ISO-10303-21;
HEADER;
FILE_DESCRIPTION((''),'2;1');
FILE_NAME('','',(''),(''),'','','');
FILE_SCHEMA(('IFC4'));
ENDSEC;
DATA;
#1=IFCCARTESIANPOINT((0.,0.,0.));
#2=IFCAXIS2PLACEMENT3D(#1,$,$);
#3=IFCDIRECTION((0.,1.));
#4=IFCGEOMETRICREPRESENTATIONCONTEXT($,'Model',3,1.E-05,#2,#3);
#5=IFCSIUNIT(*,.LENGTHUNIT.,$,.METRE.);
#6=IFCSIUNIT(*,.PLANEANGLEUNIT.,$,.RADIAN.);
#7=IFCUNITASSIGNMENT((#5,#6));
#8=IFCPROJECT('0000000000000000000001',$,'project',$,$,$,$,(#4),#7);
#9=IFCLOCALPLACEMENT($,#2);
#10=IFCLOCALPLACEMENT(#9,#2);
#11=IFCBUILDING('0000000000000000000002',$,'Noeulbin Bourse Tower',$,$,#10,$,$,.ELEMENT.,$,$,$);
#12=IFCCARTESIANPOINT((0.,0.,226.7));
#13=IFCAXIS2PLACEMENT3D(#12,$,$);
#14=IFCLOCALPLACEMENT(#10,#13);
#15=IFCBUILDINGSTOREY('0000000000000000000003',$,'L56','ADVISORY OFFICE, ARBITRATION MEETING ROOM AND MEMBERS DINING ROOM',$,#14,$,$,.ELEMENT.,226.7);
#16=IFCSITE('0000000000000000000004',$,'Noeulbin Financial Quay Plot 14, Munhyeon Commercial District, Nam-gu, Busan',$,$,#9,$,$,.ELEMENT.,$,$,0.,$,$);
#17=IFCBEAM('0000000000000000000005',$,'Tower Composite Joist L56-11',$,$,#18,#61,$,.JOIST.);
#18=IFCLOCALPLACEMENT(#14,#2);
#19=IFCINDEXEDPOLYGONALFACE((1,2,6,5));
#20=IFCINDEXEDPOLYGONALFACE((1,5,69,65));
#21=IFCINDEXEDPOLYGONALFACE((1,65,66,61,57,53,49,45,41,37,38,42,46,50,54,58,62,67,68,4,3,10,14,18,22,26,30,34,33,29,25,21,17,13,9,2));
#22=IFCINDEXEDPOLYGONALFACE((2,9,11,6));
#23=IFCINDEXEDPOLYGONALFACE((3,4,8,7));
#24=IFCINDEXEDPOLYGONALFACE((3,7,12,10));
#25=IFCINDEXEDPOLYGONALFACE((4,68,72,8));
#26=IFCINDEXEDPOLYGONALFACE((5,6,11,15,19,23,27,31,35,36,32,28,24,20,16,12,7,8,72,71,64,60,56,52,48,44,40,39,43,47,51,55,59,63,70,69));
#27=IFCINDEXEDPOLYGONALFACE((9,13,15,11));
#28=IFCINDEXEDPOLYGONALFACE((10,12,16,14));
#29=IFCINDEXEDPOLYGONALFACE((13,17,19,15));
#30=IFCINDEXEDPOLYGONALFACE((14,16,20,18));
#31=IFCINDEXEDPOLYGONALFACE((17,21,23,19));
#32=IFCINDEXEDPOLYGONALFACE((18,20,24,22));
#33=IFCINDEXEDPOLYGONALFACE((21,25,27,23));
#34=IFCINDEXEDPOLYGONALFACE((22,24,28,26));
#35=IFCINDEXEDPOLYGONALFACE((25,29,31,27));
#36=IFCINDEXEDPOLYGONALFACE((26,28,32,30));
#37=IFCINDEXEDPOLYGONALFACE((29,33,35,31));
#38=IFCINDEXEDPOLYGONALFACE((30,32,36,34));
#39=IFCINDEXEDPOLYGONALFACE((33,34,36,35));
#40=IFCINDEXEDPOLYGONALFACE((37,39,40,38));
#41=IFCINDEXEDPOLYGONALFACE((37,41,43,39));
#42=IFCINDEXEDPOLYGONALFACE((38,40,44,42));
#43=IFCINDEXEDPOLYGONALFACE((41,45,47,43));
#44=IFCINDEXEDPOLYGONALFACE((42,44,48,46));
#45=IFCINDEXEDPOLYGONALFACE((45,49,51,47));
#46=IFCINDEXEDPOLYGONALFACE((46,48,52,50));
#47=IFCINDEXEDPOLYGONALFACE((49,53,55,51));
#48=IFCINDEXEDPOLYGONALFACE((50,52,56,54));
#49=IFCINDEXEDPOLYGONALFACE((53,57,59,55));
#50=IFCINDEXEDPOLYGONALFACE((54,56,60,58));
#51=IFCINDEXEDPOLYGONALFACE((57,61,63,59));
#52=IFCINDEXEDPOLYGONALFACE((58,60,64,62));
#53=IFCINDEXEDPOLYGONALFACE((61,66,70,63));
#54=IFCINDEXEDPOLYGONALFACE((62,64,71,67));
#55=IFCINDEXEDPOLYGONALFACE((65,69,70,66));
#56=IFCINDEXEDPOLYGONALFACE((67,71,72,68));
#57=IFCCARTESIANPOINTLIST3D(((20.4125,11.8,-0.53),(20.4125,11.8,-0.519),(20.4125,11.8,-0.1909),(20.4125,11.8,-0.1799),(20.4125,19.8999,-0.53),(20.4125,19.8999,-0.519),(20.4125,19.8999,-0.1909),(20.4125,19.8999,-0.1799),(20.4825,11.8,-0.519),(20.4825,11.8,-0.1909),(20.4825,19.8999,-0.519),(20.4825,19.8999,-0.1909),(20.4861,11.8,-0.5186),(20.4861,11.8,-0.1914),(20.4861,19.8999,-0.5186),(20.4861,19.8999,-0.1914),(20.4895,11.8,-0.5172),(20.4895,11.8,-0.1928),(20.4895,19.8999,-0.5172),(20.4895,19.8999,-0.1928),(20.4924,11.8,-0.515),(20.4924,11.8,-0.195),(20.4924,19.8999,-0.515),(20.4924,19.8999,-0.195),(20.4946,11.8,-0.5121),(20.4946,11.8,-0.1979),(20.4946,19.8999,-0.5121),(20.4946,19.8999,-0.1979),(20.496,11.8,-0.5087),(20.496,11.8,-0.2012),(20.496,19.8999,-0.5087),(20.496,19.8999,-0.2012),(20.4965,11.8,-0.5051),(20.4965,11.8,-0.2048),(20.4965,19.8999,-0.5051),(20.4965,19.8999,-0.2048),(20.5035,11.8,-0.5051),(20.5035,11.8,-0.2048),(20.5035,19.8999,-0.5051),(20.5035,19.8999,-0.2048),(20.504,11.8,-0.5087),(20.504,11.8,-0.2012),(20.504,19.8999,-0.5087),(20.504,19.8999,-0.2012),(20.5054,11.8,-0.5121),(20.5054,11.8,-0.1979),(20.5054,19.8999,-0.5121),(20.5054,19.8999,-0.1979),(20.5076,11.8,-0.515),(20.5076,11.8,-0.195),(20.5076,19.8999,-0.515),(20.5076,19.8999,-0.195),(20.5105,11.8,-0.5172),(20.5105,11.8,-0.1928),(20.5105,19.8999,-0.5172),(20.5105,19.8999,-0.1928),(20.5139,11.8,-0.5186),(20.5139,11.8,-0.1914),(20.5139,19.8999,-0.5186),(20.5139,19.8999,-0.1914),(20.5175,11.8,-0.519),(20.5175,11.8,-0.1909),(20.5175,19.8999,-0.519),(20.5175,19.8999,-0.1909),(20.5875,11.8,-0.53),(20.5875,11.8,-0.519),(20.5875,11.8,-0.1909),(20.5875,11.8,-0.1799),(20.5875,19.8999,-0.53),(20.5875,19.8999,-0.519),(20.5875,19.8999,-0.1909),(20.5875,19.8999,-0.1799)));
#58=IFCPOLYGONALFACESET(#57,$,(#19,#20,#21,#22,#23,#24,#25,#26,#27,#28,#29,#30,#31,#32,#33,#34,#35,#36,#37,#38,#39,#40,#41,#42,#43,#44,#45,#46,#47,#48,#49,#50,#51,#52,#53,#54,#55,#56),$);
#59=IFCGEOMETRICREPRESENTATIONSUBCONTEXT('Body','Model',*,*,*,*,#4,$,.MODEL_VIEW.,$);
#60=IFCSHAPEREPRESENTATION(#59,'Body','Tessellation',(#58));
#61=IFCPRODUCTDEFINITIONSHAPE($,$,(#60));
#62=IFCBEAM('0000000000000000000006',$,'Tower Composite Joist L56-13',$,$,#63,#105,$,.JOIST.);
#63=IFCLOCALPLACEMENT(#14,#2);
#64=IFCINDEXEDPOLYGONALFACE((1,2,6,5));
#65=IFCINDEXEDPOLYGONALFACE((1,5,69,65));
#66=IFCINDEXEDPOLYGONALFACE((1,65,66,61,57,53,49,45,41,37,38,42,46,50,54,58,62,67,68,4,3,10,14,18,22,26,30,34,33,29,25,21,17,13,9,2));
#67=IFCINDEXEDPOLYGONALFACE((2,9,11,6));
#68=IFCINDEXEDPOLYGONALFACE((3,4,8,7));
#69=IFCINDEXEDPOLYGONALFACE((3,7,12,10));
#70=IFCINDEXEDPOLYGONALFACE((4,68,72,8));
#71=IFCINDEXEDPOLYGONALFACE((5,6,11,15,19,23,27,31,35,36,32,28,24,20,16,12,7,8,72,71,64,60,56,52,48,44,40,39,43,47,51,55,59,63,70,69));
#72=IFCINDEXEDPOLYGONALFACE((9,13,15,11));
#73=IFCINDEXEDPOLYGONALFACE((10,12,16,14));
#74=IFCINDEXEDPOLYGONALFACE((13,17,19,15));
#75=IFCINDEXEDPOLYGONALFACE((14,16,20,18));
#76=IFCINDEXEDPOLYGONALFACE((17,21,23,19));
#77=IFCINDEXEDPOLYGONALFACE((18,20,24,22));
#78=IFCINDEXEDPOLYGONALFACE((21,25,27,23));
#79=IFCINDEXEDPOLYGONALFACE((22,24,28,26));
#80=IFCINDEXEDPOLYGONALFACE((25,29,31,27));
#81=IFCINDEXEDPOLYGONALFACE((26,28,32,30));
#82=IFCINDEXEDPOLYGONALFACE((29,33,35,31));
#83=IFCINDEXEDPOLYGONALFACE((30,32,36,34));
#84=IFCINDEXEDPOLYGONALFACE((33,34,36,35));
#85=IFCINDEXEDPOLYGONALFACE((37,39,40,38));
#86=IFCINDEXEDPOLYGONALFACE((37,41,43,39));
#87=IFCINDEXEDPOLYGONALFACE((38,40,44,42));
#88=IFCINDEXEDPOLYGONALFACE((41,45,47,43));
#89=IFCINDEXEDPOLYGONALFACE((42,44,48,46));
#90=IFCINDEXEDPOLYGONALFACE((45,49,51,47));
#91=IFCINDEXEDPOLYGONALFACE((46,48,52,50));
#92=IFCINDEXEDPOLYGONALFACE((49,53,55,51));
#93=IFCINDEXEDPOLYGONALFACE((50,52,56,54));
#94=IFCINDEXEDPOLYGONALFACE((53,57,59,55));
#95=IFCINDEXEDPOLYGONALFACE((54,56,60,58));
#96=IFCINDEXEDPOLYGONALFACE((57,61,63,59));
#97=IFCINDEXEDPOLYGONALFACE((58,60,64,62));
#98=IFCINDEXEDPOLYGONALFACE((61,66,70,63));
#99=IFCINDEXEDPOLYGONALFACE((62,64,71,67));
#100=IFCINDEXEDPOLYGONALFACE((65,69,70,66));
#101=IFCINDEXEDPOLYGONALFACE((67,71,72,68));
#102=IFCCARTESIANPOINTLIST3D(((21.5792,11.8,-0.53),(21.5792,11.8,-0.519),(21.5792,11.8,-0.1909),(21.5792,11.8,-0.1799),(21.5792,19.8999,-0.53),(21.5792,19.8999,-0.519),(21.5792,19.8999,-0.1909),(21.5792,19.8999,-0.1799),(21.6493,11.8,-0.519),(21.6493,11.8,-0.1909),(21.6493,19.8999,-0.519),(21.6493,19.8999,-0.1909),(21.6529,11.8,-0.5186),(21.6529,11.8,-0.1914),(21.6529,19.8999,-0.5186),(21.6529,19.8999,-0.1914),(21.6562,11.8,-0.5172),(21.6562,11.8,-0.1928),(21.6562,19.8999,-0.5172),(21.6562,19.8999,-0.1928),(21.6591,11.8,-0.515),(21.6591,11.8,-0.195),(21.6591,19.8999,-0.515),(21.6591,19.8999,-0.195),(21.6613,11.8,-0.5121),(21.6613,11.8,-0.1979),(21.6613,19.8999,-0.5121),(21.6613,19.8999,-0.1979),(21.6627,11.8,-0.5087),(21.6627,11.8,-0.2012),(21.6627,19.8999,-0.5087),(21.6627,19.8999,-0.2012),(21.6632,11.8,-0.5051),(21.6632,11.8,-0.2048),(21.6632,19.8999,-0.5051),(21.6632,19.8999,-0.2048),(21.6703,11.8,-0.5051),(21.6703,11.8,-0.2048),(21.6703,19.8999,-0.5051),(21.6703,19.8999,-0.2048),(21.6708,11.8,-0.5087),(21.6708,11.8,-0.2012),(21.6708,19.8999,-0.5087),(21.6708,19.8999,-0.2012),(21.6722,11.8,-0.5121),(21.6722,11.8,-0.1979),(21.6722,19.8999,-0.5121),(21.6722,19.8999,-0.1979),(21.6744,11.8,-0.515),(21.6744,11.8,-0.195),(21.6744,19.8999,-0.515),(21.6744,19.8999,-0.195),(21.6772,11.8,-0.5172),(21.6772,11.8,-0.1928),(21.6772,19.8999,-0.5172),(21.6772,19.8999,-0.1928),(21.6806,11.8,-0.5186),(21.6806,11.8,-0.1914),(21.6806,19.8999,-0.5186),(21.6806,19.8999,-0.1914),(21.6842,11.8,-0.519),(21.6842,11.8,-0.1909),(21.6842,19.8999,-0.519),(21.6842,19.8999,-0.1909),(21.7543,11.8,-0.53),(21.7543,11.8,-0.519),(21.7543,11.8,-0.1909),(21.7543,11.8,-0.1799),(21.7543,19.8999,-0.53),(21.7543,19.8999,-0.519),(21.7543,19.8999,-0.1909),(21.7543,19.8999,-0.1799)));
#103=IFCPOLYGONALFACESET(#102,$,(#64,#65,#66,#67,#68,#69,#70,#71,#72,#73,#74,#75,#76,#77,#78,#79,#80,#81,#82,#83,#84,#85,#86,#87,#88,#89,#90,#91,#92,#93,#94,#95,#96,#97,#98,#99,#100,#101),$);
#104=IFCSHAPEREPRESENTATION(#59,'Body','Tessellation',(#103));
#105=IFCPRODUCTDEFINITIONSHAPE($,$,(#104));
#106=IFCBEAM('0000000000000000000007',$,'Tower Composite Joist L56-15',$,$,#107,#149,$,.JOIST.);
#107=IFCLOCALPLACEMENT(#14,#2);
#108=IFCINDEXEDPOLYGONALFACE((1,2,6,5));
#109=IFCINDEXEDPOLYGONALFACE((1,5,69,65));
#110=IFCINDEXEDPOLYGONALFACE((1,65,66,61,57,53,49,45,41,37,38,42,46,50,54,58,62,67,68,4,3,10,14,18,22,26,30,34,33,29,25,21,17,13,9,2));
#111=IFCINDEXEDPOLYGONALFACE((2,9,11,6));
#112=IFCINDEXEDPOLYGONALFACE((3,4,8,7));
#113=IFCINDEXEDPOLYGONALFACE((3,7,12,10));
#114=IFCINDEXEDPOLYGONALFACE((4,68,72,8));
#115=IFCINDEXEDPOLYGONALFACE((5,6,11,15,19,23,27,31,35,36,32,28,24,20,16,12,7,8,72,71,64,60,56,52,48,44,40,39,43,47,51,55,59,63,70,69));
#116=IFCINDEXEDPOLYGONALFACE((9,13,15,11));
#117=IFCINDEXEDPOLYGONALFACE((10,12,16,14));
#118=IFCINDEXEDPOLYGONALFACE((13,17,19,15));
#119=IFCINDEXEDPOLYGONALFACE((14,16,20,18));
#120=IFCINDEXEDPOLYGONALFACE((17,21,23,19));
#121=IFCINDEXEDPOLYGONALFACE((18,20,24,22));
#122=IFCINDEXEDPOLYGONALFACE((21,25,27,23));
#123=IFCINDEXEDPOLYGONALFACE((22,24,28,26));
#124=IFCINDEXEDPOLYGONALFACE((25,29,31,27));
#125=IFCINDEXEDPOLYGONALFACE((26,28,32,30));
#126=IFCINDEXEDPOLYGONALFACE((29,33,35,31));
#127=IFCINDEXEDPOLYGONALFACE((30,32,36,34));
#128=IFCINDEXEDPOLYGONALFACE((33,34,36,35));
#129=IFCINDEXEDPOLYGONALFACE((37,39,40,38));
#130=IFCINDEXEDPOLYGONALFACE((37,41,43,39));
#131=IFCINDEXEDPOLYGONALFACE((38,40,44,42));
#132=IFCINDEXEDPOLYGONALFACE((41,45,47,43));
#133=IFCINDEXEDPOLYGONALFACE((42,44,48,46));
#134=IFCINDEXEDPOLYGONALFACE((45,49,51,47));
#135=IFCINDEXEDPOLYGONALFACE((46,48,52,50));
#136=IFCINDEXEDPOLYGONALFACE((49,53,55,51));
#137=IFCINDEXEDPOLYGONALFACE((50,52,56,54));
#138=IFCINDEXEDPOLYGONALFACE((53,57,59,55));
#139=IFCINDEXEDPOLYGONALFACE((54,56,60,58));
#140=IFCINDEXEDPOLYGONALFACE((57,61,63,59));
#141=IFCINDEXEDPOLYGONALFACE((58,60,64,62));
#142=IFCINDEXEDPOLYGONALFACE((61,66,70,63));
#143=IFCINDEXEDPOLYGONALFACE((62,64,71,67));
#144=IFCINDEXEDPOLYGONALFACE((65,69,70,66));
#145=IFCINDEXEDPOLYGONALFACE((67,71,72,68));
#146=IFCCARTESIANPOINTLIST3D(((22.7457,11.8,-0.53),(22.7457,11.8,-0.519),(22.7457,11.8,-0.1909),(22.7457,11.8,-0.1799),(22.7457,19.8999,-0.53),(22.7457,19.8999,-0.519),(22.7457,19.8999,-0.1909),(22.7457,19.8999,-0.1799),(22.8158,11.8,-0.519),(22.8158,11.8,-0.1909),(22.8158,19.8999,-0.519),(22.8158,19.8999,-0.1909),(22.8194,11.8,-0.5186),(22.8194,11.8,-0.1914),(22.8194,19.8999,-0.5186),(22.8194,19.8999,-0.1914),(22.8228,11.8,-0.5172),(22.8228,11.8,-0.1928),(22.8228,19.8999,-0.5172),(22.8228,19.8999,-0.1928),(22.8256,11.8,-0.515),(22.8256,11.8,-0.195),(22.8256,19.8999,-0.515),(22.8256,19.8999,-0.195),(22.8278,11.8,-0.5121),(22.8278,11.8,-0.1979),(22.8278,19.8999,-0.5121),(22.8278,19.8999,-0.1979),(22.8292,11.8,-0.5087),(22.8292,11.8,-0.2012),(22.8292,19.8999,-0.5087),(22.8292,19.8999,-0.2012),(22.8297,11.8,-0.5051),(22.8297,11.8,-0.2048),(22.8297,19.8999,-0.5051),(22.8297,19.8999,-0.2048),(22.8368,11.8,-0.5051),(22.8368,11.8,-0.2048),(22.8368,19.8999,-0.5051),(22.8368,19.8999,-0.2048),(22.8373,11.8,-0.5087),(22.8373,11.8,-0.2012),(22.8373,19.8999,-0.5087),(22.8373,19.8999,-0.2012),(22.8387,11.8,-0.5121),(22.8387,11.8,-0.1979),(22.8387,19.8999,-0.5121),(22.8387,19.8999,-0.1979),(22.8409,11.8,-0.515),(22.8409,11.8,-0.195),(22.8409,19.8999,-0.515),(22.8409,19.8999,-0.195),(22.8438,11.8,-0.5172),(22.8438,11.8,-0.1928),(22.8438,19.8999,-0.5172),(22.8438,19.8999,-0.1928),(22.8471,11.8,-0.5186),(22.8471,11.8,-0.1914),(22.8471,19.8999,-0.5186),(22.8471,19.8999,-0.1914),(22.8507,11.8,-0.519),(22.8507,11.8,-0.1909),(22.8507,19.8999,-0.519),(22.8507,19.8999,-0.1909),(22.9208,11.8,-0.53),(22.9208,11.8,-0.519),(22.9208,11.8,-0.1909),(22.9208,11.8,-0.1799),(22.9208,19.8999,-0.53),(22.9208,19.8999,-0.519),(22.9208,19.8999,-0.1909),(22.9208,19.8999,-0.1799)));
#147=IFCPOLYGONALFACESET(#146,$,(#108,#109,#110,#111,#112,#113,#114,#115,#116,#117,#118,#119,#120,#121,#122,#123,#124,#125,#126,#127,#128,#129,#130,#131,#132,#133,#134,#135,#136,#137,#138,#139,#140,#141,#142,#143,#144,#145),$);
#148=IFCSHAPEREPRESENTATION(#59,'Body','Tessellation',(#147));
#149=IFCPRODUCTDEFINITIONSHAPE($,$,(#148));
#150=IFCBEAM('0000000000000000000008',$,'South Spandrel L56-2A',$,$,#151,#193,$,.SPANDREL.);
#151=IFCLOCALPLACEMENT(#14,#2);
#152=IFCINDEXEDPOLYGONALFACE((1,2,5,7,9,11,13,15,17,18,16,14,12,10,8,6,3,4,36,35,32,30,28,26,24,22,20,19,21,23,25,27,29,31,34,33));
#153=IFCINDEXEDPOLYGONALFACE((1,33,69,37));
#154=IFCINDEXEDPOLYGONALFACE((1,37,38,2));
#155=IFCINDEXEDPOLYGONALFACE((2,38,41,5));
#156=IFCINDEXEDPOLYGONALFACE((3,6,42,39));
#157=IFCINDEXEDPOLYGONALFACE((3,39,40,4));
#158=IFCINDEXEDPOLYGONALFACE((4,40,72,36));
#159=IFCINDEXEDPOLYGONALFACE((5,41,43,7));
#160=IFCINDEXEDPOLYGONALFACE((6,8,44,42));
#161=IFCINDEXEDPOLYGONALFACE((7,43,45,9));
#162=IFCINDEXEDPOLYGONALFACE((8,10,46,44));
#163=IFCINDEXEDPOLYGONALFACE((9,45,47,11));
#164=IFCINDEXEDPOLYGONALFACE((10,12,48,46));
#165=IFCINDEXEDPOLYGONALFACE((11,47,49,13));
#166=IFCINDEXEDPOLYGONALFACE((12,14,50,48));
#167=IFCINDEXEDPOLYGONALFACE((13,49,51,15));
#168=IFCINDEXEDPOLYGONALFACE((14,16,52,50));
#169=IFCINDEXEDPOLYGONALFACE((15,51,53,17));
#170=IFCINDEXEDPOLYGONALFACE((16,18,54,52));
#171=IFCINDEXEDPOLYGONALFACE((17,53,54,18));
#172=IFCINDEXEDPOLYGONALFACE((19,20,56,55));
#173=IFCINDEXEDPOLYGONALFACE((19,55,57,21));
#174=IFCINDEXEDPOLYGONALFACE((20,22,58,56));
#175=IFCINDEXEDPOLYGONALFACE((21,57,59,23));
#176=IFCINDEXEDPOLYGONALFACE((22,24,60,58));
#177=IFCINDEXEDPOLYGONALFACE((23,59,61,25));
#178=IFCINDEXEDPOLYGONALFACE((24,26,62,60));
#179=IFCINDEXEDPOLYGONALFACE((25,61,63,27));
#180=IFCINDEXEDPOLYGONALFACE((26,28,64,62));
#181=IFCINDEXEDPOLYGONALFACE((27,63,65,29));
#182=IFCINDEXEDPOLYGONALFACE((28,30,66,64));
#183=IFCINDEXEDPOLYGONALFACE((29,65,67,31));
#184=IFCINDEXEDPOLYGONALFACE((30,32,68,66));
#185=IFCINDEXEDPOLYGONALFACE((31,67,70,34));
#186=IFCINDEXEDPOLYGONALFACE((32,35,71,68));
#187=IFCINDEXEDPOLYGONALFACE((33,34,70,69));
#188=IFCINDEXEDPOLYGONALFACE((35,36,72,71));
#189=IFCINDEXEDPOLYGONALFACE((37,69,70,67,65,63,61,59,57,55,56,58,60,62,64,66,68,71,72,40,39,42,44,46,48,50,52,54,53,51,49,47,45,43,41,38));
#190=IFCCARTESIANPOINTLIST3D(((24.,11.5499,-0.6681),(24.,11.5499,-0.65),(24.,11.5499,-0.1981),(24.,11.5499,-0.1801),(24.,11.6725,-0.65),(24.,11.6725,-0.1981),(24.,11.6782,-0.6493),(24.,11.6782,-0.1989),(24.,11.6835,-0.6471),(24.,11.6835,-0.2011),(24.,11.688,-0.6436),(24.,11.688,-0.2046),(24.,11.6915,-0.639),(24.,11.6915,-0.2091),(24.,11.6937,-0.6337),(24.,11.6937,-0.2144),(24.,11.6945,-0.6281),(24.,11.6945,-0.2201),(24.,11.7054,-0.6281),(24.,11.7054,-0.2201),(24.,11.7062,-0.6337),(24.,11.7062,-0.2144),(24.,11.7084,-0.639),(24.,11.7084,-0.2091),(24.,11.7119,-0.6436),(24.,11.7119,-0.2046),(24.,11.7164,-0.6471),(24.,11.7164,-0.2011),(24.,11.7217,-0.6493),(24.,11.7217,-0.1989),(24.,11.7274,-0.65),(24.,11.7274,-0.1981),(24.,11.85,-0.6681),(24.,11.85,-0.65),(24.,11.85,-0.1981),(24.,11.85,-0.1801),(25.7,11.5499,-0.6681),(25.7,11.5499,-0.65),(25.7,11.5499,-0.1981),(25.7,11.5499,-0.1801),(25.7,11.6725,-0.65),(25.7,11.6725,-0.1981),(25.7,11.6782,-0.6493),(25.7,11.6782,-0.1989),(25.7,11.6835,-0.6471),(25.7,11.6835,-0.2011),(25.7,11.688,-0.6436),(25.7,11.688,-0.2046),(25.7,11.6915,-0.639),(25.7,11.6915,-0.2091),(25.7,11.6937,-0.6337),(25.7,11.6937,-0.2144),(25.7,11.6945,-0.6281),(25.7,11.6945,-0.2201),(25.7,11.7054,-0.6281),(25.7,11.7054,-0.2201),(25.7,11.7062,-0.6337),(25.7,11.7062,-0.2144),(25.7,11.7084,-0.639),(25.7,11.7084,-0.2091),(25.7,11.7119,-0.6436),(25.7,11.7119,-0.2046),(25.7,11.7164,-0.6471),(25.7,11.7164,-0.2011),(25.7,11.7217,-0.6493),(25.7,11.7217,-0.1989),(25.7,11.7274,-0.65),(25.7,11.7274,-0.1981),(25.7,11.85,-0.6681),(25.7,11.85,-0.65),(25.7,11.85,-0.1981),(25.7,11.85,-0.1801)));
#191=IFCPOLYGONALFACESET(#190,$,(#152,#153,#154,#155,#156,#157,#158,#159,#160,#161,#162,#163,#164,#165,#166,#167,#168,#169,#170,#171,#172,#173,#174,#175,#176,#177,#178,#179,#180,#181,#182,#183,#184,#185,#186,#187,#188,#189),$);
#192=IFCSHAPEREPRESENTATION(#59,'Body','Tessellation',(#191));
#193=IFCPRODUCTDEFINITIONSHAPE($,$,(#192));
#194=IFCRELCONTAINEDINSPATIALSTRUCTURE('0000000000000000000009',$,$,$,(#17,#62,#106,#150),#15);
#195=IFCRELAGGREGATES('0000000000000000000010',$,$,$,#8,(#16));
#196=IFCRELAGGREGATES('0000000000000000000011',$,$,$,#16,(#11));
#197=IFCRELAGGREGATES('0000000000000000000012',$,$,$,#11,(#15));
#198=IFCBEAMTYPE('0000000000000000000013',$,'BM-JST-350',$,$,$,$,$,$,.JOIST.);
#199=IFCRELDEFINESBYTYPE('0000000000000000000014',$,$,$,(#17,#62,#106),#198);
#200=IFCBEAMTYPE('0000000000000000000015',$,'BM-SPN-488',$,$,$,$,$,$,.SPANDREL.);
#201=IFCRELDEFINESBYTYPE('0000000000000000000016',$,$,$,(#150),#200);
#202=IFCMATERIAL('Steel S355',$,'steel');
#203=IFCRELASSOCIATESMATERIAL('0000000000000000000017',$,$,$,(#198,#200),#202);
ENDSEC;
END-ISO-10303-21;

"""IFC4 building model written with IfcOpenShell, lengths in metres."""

from ifc_helpers import new_model, si_unit, direction, frame, origin, origin_2d, place, context, subcontext, project, spatial, i_section, extrude, material, material_profile, profile_set, type_object, element, save


model = new_model("IFC4")

# Units and contexts
model_context = context("Model", 3, precision=1e-05, world=origin(), true_north=direction((0.0, 1.0)))
body_context = subcontext(model_context, "Body", "Model", "MODEL_VIEW")
ifc_project = project(units=[si_unit("LENGTHUNIT", "METRE"), si_unit("PLANEANGLEUNIT", "RADIAN")], contexts=[model_context])

# Site, building, storey
site_placement = place(None, origin())
site = spatial("IfcSite", under=ifc_project, at=site_placement, Name="Noeulbin Financial Quay Plot 14, Munhyeon Commercial District, Nam-gu, Busan", CompositionType="ELEMENT", RefElevation=0.0)
building_placement = place(site_placement, origin())
building = spatial("IfcBuilding", under=site, at=building_placement, Name="Noeulbin Bourse Tower", CompositionType="ELEMENT")
storey_placement = place(building_placement, frame((0.0, 0.0, 226.7)))
storey = spatial("IfcBuildingStorey", under=building, at=storey_placement, Name="L56", Description="ADVISORY OFFICE, ARBITRATION MEETING ROOM AND MEMBERS DINING ROOM", CompositionType="ELEMENT", Elevation=226.7)

# Shared definitions
ifc_material_1 = material(Name="Steel S355", Category="steel")

# Beams
ifc_material_profile_1 = material_profile(ifc_material_1, i_section(OverallWidth=0.175, OverallDepth=0.3501, WebThickness=0.0071, FlangeThickness=0.011, FilletRadius=0.0139, at=origin_2d()), Name="H-350x175x7x11", Category="LoadBearing")
ifc_profile_set_1 = profile_set([ifc_material_profile_1], Name="Steel S355")
beam_type_1 = type_object("IfcBeamType", Name="BM-JST-350", PredefinedType="JOIST", material=ifc_profile_set_1)
for number, where, z_axis, x_axis, name in (
    (1, (20.5, 11.8, -0.355), (0.0, 1.0, 0.0), (-1.0, 0.0, 0.0), "Tower Composite Joist L56-11"),
    (2, (21.6667, 11.8, -0.355), (0.0, 1.0, 0.0), (-1.0, 0.0, 0.0), "Tower Composite Joist L56-13"),
    (3, (22.8333, 11.8, -0.355), (0.0, 1.0, 0.0), (-1.0, 0.0, 0.0), "Tower Composite Joist L56-15"),
):
    element("IfcBeam", number, at=place(storey_placement, frame(where, z_axis=z_axis, x_axis=x_axis)), inside=storey, type_object=beam_type_1, Name=name, PredefinedType="JOIST", context=body_context, shape_type="SweptSolid", body=[
        extrude(i_section(OverallWidth=0.175, OverallDepth=0.3501, WebThickness=0.0071, FlangeThickness=0.011, FilletRadius=0.0139, at=origin_2d()), origin(), (0.0, 0.0, 1.0), 8.0999),
    ])
ifc_material_profile_2 = material_profile(ifc_material_1, i_section(OverallWidth=0.3, OverallDepth=0.488, WebThickness=0.011, FlangeThickness=0.0181, FilletRadius=0.022, at=origin_2d()), Name="H-488x300x11x18", Category="LoadBearing")
ifc_profile_set_2 = profile_set([ifc_material_profile_2], Name="Steel S355")
beam_type_2 = type_object("IfcBeamType", Name="BM-SPN-488", PredefinedType="SPANDREL", material=ifc_profile_set_2)
beam_1_placement = place(storey_placement, frame((24.0, 11.7, -0.4241), z_axis=(1.0, 0.0, 0.0), x_axis=(0.0, 1.0, 0.0)))
element("IfcBeam", 4, at=beam_1_placement, inside=storey, type_object=beam_type_2, Name="South Spandrel L56-2A", PredefinedType="SPANDREL", context=body_context, shape_type="SweptSolid", body=[
    extrude(i_section(OverallWidth=0.3, OverallDepth=0.488, WebThickness=0.011, FlangeThickness=0.0181, FilletRadius=0.022, at=origin_2d()), origin(), (0.0, 0.0, 1.0), 1.7),
])

save(model, "model.ifc")
